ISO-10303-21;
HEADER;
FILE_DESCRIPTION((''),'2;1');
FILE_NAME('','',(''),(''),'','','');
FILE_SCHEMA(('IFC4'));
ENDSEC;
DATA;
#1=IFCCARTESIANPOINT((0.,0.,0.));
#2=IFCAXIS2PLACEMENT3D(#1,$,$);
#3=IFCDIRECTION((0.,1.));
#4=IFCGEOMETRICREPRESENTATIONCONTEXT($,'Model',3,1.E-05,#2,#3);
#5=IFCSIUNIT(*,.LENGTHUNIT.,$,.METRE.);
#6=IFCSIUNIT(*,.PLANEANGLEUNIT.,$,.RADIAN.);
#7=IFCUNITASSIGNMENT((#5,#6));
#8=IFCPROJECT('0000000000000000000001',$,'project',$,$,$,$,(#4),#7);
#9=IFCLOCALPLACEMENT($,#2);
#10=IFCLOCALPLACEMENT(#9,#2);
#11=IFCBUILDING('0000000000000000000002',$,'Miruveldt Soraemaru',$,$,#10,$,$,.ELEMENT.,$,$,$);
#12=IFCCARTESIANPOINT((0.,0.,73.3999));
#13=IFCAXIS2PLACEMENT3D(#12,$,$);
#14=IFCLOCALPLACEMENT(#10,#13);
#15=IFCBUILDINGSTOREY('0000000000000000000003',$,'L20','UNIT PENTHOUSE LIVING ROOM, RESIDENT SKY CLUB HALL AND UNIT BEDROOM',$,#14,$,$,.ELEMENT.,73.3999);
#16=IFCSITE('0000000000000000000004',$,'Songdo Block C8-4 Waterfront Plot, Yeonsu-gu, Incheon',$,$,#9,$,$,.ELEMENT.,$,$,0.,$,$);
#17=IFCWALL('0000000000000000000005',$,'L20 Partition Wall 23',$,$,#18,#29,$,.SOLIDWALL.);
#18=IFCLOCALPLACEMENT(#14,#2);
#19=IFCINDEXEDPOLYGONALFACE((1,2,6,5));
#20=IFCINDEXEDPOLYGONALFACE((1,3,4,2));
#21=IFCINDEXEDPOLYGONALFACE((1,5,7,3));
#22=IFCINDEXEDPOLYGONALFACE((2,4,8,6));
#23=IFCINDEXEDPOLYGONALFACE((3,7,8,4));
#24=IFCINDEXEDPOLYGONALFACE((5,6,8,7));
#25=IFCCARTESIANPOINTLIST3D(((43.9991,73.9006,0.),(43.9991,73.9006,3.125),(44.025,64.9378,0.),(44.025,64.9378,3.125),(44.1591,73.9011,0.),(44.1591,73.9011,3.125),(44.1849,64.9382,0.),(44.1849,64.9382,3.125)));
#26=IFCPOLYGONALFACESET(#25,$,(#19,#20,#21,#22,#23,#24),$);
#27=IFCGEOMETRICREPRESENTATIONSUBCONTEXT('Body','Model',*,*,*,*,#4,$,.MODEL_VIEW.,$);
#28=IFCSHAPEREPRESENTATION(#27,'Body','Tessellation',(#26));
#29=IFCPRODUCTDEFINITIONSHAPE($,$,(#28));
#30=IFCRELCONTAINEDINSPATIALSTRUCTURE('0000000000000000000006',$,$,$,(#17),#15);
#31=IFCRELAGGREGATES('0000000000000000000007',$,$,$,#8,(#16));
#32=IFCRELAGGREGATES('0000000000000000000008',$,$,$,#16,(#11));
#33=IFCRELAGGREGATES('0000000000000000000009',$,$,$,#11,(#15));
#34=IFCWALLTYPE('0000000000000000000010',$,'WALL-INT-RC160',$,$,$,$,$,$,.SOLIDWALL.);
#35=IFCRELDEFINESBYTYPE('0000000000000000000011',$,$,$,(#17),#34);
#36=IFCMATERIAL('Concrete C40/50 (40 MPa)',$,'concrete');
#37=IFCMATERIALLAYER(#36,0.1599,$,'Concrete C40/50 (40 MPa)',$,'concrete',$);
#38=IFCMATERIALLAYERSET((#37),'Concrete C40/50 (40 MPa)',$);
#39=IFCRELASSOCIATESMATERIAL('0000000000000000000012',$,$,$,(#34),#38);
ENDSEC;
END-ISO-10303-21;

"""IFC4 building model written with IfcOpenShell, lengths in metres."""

from ifc_helpers import new_model, si_unit, direction, frame, frame_2d, origin, place, context, subcontext, project, spatial, rectangle, extrude, material, layer, layer_set, type_object, element, save


model = new_model("IFC4")

# Units and contexts
model_context = context("Model", 3, precision=1e-05, world=origin(), true_north=direction((0.0, 1.0)))
body_context = subcontext(model_context, "Body", "Model", "MODEL_VIEW")
ifc_project = project(units=[si_unit("LENGTHUNIT", "METRE"), si_unit("PLANEANGLEUNIT", "RADIAN")], contexts=[model_context])

# Site, building, storey
site_placement = place(None, origin())
site = spatial("IfcSite", under=ifc_project, at=site_placement, Name="Songdo Block C8-4 Waterfront Plot, Yeonsu-gu, Incheon", CompositionType="ELEMENT", RefElevation=0.0)
building_placement = place(site_placement, origin())
building = spatial("IfcBuilding", under=site, at=building_placement, Name="Miruveldt Soraemaru", CompositionType="ELEMENT")
storey_placement = place(building_placement, frame((0.0, 0.0, 73.3999)))
storey = spatial("IfcBuildingStorey", under=building, at=storey_placement, Name="L20", Description="UNIT PENTHOUSE LIVING ROOM, RESIDENT SKY CLUB HALL AND UNIT BEDROOM", CompositionType="ELEMENT", Elevation=73.3999)

# Wall
ifc_material_1 = material(Name="Concrete C40/50 (40 MPa)", Category="concrete")
ifc_layer_1 = layer(ifc_material_1, 0.1599, Name="Concrete C40/50 (40 MPa)", Category="concrete")
ifc_layer_set_1 = layer_set([ifc_layer_1], Name="Concrete C40/50 (40 MPa)")
wall_type_1 = type_object("IfcWallType", Name="WALL-INT-RC160", PredefinedType="SOLIDWALL", material=ifc_layer_set_1)
wall_1_placement = place(storey_placement, frame((44.105, 64.938, 0.0), z_axis=(0.0, 0.0, 1.0), x_axis=(-0.002887, 0.999996, 0.0)))
element("IfcWall", 1, at=wall_1_placement, inside=storey, type_object=wall_type_1, Name="L20 Partition Wall 23", PredefinedType="SOLIDWALL", context=body_context, shape_type="SweptSolid", body=[
    extrude(rectangle(XDim=8.9629, YDim=0.1599, at=frame_2d((4.4814, 0.0))), origin(), (0.0, 0.0, 1.0), 3.125),
])

save(model, "model.ifc")
